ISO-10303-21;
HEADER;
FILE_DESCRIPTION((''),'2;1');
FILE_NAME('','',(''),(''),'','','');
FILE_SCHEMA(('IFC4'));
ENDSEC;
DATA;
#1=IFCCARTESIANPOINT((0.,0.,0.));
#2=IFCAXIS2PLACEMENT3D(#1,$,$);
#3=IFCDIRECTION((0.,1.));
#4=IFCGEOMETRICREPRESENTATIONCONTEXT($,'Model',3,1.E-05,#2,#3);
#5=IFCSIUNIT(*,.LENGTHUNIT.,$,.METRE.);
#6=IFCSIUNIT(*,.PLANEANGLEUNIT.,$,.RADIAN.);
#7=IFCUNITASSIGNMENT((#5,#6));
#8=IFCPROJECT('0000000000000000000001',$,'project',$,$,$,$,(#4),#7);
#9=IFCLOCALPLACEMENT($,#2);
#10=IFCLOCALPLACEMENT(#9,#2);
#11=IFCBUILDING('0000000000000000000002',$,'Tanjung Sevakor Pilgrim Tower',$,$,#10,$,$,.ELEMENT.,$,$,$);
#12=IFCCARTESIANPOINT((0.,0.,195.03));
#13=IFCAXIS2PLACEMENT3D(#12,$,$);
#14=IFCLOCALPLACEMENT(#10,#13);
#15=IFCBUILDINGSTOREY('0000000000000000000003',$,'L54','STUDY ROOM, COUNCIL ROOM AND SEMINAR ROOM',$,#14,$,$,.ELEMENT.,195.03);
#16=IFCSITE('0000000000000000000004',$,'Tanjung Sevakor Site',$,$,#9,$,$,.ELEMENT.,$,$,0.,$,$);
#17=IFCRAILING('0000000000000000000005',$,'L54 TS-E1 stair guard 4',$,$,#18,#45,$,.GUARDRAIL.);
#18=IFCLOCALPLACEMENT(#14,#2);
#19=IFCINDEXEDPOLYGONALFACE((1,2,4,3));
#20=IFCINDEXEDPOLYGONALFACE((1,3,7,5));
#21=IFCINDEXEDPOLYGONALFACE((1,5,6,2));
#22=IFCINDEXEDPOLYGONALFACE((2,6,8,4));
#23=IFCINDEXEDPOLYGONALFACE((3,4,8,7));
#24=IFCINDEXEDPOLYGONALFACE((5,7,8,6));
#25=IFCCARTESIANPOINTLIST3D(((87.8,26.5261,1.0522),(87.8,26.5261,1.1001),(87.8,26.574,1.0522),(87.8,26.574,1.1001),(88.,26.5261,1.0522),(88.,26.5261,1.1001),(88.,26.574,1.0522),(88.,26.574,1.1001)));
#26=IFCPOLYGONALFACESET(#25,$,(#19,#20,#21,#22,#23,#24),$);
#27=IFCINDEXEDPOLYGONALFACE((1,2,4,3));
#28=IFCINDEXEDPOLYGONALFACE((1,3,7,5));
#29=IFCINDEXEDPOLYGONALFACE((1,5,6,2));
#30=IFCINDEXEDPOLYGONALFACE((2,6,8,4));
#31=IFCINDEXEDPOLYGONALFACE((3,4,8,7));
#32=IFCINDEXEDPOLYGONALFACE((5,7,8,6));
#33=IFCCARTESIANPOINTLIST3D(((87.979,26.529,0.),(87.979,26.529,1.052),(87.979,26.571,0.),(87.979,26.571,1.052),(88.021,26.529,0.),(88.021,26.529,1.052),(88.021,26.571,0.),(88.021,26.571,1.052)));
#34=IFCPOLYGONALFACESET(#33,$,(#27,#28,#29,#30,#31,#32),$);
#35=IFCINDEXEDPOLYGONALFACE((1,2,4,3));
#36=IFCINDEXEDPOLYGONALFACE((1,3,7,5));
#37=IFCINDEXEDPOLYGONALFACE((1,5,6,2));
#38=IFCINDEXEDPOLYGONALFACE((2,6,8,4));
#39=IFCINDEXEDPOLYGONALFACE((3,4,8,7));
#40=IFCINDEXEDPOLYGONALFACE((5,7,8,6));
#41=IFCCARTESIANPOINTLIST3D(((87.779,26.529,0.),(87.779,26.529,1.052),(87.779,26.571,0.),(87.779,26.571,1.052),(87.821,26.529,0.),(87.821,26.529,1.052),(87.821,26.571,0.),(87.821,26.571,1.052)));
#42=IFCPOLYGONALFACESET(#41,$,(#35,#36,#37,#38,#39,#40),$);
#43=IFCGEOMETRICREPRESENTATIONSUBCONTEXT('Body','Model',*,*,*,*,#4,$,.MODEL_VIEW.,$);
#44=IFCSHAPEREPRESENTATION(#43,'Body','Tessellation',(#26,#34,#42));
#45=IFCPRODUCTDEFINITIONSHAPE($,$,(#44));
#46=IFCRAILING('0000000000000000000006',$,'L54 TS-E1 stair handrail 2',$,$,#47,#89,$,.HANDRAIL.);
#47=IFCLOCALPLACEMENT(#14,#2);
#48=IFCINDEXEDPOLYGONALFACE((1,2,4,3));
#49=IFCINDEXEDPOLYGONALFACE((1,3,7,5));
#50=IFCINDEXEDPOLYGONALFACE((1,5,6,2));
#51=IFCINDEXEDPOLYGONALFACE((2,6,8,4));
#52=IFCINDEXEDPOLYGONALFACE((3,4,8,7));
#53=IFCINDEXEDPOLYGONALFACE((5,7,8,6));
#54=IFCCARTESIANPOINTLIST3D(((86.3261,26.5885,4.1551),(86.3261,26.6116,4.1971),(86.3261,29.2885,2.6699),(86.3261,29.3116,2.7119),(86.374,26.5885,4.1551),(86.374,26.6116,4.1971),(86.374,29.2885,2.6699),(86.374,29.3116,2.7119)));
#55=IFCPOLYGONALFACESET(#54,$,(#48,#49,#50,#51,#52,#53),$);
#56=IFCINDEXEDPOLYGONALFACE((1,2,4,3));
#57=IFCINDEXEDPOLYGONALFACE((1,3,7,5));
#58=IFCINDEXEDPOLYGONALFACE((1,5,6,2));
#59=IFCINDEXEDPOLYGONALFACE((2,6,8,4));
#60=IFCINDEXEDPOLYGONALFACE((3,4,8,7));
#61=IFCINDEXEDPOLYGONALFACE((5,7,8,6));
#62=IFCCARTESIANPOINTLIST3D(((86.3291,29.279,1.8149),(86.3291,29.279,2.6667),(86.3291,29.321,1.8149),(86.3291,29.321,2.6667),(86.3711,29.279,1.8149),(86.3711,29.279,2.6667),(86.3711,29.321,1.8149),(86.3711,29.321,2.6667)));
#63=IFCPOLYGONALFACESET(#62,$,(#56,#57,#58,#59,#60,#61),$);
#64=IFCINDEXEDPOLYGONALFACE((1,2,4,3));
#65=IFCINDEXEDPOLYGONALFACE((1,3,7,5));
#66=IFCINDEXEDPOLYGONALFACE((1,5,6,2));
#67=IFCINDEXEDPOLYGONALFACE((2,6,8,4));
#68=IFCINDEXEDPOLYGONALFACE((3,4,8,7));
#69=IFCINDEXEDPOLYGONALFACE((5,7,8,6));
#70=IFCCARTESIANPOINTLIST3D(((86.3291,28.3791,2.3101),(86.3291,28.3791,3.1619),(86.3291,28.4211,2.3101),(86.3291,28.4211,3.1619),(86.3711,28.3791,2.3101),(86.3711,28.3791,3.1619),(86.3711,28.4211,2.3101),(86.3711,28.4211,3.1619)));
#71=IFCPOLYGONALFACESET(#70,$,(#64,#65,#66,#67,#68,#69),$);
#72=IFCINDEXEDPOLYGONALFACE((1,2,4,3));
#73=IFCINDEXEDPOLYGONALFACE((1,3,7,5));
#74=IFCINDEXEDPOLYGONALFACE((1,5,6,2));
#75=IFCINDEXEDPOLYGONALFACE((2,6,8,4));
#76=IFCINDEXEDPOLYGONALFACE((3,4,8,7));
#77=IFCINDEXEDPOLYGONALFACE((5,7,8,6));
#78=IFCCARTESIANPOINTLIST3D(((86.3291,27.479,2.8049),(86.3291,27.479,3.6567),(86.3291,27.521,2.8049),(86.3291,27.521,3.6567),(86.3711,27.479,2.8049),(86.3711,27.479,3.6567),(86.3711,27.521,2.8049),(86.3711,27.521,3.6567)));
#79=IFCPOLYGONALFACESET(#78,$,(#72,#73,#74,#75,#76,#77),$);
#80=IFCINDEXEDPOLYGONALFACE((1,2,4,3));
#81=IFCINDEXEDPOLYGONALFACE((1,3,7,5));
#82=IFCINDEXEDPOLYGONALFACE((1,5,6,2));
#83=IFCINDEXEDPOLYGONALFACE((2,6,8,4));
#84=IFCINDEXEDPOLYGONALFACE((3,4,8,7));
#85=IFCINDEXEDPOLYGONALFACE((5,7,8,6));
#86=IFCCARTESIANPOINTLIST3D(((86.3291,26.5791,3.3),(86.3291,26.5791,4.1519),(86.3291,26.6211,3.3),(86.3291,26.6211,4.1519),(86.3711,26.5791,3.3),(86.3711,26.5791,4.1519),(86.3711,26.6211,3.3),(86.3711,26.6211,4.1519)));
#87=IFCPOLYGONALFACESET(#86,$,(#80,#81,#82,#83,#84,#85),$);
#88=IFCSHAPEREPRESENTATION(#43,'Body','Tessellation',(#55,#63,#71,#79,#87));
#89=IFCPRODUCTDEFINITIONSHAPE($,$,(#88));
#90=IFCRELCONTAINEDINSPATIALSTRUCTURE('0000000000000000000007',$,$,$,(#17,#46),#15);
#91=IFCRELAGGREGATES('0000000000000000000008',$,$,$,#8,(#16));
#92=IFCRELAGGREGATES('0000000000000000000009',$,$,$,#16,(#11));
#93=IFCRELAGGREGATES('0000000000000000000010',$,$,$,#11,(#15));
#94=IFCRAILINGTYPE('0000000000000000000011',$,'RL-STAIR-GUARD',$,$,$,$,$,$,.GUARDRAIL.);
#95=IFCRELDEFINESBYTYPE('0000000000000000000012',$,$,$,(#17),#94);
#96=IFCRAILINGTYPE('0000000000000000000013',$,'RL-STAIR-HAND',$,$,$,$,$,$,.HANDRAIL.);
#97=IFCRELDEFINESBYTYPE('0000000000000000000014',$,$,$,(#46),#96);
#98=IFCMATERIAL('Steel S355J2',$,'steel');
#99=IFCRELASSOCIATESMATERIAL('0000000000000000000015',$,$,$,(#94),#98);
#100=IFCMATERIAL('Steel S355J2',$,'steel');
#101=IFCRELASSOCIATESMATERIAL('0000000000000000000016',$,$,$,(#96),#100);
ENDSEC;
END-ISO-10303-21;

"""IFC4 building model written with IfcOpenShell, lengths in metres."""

from ifc_helpers import new_model, si_unit, direction, frame, origin, place, context, subcontext, project, spatial, rectangle, extrude, material, type_object, element, save


model = new_model("IFC4")

# Units and contexts
model_context = context("Model", 3, precision=1e-05, world=origin(), true_north=direction((0.0, 1.0)))
body_context = subcontext(model_context, "Body", "Model", "MODEL_VIEW")
ifc_project = project(units=[si_unit("LENGTHUNIT", "METRE"), si_unit("PLANEANGLEUNIT", "RADIAN")], contexts=[model_context])

# Site, building, storey
site_placement = place(None, origin())
site = spatial("IfcSite", under=ifc_project, at=site_placement, Name="Tanjung Sevakor Site", CompositionType="ELEMENT", RefElevation=0.0)
building_placement = place(site_placement, origin())
building = spatial("IfcBuilding", under=site, at=building_placement, Name="Tanjung Sevakor Pilgrim Tower", CompositionType="ELEMENT")
storey_placement = place(building_placement, frame((0.0, 0.0, 195.03)))
storey = spatial("IfcBuildingStorey", under=building, at=storey_placement, Name="L54", Description="STUDY ROOM, COUNCIL ROOM AND SEMINAR ROOM", CompositionType="ELEMENT", Elevation=195.03)

# Railings
ifc_material_1 = material(Name="Steel S355J2", Category="steel")
railing_type_1 = type_object("IfcRailingType", Name="RL-STAIR-GUARD", PredefinedType="GUARDRAIL", material=ifc_material_1)
railing_1_placement = place(storey_placement, frame((88.0, 26.55, 0.0)))
element("IfcRailing", 1, at=railing_1_placement, inside=storey, type_object=railing_type_1, Name="L54 TS-E1 stair guard 4", PredefinedType="GUARDRAIL", context=body_context, shape_type="SweptSolid", body=[
    extrude(rectangle(XDim=0.0479, YDim=0.0479), frame((0.0, 0.0, 1.0762), z_axis=(-1.0, 0.0, 0.0), x_axis=(0.0, -1.0, 0.0)), (0.0, 0.0, 1.0), 0.2),
    extrude(rectangle(XDim=0.042, YDim=0.042), origin(), (0.0, 0.0, 1.0), 1.052),
    extrude(rectangle(XDim=0.042, YDim=0.042), frame((-0.2, 0.0, 0.0)), (0.0, 0.0, 1.0), 1.052),
])
ifc_material_2 = material(Name="Steel S355J2", Category="steel")
railing_type_2 = type_object("IfcRailingType", Name="RL-STAIR-HAND", PredefinedType="HANDRAIL", material=ifc_material_2)
railing_2_placement = place(storey_placement, frame((86.3501, 29.3, 1.8149)))
element("IfcRailing", 2, at=railing_2_placement, inside=storey, type_object=railing_type_2, Name="L54 TS-E1 stair handrail 2", PredefinedType="HANDRAIL", context=body_context, shape_type="SweptSolid", body=[
    extrude(rectangle(XDim=0.0479, YDim=0.0479), frame((0.0, 0.0, 0.876), z_axis=(0.0, -0.876198, 0.481952), x_axis=(1.0, 0.0, 0.0)), (0.0, 0.0, 1.0), 3.0815),
    extrude(rectangle(XDim=0.042, YDim=0.042), origin(), (0.0, 0.0, 1.0), 0.8518),
    extrude(rectangle(XDim=0.042, YDim=0.042), frame((0.0, -0.8999, 0.4951)), (0.0, 0.0, 1.0), 0.8518),
    extrude(rectangle(XDim=0.042, YDim=0.042), frame((0.0, -1.8, 0.99)), (0.0, 0.0, 1.0), 0.8518),
    extrude(rectangle(XDim=0.042, YDim=0.042), frame((0.0, -2.7, 1.4851)), (0.0, 0.0, 1.0), 0.8518),
])

save(model, "model.ifc")
